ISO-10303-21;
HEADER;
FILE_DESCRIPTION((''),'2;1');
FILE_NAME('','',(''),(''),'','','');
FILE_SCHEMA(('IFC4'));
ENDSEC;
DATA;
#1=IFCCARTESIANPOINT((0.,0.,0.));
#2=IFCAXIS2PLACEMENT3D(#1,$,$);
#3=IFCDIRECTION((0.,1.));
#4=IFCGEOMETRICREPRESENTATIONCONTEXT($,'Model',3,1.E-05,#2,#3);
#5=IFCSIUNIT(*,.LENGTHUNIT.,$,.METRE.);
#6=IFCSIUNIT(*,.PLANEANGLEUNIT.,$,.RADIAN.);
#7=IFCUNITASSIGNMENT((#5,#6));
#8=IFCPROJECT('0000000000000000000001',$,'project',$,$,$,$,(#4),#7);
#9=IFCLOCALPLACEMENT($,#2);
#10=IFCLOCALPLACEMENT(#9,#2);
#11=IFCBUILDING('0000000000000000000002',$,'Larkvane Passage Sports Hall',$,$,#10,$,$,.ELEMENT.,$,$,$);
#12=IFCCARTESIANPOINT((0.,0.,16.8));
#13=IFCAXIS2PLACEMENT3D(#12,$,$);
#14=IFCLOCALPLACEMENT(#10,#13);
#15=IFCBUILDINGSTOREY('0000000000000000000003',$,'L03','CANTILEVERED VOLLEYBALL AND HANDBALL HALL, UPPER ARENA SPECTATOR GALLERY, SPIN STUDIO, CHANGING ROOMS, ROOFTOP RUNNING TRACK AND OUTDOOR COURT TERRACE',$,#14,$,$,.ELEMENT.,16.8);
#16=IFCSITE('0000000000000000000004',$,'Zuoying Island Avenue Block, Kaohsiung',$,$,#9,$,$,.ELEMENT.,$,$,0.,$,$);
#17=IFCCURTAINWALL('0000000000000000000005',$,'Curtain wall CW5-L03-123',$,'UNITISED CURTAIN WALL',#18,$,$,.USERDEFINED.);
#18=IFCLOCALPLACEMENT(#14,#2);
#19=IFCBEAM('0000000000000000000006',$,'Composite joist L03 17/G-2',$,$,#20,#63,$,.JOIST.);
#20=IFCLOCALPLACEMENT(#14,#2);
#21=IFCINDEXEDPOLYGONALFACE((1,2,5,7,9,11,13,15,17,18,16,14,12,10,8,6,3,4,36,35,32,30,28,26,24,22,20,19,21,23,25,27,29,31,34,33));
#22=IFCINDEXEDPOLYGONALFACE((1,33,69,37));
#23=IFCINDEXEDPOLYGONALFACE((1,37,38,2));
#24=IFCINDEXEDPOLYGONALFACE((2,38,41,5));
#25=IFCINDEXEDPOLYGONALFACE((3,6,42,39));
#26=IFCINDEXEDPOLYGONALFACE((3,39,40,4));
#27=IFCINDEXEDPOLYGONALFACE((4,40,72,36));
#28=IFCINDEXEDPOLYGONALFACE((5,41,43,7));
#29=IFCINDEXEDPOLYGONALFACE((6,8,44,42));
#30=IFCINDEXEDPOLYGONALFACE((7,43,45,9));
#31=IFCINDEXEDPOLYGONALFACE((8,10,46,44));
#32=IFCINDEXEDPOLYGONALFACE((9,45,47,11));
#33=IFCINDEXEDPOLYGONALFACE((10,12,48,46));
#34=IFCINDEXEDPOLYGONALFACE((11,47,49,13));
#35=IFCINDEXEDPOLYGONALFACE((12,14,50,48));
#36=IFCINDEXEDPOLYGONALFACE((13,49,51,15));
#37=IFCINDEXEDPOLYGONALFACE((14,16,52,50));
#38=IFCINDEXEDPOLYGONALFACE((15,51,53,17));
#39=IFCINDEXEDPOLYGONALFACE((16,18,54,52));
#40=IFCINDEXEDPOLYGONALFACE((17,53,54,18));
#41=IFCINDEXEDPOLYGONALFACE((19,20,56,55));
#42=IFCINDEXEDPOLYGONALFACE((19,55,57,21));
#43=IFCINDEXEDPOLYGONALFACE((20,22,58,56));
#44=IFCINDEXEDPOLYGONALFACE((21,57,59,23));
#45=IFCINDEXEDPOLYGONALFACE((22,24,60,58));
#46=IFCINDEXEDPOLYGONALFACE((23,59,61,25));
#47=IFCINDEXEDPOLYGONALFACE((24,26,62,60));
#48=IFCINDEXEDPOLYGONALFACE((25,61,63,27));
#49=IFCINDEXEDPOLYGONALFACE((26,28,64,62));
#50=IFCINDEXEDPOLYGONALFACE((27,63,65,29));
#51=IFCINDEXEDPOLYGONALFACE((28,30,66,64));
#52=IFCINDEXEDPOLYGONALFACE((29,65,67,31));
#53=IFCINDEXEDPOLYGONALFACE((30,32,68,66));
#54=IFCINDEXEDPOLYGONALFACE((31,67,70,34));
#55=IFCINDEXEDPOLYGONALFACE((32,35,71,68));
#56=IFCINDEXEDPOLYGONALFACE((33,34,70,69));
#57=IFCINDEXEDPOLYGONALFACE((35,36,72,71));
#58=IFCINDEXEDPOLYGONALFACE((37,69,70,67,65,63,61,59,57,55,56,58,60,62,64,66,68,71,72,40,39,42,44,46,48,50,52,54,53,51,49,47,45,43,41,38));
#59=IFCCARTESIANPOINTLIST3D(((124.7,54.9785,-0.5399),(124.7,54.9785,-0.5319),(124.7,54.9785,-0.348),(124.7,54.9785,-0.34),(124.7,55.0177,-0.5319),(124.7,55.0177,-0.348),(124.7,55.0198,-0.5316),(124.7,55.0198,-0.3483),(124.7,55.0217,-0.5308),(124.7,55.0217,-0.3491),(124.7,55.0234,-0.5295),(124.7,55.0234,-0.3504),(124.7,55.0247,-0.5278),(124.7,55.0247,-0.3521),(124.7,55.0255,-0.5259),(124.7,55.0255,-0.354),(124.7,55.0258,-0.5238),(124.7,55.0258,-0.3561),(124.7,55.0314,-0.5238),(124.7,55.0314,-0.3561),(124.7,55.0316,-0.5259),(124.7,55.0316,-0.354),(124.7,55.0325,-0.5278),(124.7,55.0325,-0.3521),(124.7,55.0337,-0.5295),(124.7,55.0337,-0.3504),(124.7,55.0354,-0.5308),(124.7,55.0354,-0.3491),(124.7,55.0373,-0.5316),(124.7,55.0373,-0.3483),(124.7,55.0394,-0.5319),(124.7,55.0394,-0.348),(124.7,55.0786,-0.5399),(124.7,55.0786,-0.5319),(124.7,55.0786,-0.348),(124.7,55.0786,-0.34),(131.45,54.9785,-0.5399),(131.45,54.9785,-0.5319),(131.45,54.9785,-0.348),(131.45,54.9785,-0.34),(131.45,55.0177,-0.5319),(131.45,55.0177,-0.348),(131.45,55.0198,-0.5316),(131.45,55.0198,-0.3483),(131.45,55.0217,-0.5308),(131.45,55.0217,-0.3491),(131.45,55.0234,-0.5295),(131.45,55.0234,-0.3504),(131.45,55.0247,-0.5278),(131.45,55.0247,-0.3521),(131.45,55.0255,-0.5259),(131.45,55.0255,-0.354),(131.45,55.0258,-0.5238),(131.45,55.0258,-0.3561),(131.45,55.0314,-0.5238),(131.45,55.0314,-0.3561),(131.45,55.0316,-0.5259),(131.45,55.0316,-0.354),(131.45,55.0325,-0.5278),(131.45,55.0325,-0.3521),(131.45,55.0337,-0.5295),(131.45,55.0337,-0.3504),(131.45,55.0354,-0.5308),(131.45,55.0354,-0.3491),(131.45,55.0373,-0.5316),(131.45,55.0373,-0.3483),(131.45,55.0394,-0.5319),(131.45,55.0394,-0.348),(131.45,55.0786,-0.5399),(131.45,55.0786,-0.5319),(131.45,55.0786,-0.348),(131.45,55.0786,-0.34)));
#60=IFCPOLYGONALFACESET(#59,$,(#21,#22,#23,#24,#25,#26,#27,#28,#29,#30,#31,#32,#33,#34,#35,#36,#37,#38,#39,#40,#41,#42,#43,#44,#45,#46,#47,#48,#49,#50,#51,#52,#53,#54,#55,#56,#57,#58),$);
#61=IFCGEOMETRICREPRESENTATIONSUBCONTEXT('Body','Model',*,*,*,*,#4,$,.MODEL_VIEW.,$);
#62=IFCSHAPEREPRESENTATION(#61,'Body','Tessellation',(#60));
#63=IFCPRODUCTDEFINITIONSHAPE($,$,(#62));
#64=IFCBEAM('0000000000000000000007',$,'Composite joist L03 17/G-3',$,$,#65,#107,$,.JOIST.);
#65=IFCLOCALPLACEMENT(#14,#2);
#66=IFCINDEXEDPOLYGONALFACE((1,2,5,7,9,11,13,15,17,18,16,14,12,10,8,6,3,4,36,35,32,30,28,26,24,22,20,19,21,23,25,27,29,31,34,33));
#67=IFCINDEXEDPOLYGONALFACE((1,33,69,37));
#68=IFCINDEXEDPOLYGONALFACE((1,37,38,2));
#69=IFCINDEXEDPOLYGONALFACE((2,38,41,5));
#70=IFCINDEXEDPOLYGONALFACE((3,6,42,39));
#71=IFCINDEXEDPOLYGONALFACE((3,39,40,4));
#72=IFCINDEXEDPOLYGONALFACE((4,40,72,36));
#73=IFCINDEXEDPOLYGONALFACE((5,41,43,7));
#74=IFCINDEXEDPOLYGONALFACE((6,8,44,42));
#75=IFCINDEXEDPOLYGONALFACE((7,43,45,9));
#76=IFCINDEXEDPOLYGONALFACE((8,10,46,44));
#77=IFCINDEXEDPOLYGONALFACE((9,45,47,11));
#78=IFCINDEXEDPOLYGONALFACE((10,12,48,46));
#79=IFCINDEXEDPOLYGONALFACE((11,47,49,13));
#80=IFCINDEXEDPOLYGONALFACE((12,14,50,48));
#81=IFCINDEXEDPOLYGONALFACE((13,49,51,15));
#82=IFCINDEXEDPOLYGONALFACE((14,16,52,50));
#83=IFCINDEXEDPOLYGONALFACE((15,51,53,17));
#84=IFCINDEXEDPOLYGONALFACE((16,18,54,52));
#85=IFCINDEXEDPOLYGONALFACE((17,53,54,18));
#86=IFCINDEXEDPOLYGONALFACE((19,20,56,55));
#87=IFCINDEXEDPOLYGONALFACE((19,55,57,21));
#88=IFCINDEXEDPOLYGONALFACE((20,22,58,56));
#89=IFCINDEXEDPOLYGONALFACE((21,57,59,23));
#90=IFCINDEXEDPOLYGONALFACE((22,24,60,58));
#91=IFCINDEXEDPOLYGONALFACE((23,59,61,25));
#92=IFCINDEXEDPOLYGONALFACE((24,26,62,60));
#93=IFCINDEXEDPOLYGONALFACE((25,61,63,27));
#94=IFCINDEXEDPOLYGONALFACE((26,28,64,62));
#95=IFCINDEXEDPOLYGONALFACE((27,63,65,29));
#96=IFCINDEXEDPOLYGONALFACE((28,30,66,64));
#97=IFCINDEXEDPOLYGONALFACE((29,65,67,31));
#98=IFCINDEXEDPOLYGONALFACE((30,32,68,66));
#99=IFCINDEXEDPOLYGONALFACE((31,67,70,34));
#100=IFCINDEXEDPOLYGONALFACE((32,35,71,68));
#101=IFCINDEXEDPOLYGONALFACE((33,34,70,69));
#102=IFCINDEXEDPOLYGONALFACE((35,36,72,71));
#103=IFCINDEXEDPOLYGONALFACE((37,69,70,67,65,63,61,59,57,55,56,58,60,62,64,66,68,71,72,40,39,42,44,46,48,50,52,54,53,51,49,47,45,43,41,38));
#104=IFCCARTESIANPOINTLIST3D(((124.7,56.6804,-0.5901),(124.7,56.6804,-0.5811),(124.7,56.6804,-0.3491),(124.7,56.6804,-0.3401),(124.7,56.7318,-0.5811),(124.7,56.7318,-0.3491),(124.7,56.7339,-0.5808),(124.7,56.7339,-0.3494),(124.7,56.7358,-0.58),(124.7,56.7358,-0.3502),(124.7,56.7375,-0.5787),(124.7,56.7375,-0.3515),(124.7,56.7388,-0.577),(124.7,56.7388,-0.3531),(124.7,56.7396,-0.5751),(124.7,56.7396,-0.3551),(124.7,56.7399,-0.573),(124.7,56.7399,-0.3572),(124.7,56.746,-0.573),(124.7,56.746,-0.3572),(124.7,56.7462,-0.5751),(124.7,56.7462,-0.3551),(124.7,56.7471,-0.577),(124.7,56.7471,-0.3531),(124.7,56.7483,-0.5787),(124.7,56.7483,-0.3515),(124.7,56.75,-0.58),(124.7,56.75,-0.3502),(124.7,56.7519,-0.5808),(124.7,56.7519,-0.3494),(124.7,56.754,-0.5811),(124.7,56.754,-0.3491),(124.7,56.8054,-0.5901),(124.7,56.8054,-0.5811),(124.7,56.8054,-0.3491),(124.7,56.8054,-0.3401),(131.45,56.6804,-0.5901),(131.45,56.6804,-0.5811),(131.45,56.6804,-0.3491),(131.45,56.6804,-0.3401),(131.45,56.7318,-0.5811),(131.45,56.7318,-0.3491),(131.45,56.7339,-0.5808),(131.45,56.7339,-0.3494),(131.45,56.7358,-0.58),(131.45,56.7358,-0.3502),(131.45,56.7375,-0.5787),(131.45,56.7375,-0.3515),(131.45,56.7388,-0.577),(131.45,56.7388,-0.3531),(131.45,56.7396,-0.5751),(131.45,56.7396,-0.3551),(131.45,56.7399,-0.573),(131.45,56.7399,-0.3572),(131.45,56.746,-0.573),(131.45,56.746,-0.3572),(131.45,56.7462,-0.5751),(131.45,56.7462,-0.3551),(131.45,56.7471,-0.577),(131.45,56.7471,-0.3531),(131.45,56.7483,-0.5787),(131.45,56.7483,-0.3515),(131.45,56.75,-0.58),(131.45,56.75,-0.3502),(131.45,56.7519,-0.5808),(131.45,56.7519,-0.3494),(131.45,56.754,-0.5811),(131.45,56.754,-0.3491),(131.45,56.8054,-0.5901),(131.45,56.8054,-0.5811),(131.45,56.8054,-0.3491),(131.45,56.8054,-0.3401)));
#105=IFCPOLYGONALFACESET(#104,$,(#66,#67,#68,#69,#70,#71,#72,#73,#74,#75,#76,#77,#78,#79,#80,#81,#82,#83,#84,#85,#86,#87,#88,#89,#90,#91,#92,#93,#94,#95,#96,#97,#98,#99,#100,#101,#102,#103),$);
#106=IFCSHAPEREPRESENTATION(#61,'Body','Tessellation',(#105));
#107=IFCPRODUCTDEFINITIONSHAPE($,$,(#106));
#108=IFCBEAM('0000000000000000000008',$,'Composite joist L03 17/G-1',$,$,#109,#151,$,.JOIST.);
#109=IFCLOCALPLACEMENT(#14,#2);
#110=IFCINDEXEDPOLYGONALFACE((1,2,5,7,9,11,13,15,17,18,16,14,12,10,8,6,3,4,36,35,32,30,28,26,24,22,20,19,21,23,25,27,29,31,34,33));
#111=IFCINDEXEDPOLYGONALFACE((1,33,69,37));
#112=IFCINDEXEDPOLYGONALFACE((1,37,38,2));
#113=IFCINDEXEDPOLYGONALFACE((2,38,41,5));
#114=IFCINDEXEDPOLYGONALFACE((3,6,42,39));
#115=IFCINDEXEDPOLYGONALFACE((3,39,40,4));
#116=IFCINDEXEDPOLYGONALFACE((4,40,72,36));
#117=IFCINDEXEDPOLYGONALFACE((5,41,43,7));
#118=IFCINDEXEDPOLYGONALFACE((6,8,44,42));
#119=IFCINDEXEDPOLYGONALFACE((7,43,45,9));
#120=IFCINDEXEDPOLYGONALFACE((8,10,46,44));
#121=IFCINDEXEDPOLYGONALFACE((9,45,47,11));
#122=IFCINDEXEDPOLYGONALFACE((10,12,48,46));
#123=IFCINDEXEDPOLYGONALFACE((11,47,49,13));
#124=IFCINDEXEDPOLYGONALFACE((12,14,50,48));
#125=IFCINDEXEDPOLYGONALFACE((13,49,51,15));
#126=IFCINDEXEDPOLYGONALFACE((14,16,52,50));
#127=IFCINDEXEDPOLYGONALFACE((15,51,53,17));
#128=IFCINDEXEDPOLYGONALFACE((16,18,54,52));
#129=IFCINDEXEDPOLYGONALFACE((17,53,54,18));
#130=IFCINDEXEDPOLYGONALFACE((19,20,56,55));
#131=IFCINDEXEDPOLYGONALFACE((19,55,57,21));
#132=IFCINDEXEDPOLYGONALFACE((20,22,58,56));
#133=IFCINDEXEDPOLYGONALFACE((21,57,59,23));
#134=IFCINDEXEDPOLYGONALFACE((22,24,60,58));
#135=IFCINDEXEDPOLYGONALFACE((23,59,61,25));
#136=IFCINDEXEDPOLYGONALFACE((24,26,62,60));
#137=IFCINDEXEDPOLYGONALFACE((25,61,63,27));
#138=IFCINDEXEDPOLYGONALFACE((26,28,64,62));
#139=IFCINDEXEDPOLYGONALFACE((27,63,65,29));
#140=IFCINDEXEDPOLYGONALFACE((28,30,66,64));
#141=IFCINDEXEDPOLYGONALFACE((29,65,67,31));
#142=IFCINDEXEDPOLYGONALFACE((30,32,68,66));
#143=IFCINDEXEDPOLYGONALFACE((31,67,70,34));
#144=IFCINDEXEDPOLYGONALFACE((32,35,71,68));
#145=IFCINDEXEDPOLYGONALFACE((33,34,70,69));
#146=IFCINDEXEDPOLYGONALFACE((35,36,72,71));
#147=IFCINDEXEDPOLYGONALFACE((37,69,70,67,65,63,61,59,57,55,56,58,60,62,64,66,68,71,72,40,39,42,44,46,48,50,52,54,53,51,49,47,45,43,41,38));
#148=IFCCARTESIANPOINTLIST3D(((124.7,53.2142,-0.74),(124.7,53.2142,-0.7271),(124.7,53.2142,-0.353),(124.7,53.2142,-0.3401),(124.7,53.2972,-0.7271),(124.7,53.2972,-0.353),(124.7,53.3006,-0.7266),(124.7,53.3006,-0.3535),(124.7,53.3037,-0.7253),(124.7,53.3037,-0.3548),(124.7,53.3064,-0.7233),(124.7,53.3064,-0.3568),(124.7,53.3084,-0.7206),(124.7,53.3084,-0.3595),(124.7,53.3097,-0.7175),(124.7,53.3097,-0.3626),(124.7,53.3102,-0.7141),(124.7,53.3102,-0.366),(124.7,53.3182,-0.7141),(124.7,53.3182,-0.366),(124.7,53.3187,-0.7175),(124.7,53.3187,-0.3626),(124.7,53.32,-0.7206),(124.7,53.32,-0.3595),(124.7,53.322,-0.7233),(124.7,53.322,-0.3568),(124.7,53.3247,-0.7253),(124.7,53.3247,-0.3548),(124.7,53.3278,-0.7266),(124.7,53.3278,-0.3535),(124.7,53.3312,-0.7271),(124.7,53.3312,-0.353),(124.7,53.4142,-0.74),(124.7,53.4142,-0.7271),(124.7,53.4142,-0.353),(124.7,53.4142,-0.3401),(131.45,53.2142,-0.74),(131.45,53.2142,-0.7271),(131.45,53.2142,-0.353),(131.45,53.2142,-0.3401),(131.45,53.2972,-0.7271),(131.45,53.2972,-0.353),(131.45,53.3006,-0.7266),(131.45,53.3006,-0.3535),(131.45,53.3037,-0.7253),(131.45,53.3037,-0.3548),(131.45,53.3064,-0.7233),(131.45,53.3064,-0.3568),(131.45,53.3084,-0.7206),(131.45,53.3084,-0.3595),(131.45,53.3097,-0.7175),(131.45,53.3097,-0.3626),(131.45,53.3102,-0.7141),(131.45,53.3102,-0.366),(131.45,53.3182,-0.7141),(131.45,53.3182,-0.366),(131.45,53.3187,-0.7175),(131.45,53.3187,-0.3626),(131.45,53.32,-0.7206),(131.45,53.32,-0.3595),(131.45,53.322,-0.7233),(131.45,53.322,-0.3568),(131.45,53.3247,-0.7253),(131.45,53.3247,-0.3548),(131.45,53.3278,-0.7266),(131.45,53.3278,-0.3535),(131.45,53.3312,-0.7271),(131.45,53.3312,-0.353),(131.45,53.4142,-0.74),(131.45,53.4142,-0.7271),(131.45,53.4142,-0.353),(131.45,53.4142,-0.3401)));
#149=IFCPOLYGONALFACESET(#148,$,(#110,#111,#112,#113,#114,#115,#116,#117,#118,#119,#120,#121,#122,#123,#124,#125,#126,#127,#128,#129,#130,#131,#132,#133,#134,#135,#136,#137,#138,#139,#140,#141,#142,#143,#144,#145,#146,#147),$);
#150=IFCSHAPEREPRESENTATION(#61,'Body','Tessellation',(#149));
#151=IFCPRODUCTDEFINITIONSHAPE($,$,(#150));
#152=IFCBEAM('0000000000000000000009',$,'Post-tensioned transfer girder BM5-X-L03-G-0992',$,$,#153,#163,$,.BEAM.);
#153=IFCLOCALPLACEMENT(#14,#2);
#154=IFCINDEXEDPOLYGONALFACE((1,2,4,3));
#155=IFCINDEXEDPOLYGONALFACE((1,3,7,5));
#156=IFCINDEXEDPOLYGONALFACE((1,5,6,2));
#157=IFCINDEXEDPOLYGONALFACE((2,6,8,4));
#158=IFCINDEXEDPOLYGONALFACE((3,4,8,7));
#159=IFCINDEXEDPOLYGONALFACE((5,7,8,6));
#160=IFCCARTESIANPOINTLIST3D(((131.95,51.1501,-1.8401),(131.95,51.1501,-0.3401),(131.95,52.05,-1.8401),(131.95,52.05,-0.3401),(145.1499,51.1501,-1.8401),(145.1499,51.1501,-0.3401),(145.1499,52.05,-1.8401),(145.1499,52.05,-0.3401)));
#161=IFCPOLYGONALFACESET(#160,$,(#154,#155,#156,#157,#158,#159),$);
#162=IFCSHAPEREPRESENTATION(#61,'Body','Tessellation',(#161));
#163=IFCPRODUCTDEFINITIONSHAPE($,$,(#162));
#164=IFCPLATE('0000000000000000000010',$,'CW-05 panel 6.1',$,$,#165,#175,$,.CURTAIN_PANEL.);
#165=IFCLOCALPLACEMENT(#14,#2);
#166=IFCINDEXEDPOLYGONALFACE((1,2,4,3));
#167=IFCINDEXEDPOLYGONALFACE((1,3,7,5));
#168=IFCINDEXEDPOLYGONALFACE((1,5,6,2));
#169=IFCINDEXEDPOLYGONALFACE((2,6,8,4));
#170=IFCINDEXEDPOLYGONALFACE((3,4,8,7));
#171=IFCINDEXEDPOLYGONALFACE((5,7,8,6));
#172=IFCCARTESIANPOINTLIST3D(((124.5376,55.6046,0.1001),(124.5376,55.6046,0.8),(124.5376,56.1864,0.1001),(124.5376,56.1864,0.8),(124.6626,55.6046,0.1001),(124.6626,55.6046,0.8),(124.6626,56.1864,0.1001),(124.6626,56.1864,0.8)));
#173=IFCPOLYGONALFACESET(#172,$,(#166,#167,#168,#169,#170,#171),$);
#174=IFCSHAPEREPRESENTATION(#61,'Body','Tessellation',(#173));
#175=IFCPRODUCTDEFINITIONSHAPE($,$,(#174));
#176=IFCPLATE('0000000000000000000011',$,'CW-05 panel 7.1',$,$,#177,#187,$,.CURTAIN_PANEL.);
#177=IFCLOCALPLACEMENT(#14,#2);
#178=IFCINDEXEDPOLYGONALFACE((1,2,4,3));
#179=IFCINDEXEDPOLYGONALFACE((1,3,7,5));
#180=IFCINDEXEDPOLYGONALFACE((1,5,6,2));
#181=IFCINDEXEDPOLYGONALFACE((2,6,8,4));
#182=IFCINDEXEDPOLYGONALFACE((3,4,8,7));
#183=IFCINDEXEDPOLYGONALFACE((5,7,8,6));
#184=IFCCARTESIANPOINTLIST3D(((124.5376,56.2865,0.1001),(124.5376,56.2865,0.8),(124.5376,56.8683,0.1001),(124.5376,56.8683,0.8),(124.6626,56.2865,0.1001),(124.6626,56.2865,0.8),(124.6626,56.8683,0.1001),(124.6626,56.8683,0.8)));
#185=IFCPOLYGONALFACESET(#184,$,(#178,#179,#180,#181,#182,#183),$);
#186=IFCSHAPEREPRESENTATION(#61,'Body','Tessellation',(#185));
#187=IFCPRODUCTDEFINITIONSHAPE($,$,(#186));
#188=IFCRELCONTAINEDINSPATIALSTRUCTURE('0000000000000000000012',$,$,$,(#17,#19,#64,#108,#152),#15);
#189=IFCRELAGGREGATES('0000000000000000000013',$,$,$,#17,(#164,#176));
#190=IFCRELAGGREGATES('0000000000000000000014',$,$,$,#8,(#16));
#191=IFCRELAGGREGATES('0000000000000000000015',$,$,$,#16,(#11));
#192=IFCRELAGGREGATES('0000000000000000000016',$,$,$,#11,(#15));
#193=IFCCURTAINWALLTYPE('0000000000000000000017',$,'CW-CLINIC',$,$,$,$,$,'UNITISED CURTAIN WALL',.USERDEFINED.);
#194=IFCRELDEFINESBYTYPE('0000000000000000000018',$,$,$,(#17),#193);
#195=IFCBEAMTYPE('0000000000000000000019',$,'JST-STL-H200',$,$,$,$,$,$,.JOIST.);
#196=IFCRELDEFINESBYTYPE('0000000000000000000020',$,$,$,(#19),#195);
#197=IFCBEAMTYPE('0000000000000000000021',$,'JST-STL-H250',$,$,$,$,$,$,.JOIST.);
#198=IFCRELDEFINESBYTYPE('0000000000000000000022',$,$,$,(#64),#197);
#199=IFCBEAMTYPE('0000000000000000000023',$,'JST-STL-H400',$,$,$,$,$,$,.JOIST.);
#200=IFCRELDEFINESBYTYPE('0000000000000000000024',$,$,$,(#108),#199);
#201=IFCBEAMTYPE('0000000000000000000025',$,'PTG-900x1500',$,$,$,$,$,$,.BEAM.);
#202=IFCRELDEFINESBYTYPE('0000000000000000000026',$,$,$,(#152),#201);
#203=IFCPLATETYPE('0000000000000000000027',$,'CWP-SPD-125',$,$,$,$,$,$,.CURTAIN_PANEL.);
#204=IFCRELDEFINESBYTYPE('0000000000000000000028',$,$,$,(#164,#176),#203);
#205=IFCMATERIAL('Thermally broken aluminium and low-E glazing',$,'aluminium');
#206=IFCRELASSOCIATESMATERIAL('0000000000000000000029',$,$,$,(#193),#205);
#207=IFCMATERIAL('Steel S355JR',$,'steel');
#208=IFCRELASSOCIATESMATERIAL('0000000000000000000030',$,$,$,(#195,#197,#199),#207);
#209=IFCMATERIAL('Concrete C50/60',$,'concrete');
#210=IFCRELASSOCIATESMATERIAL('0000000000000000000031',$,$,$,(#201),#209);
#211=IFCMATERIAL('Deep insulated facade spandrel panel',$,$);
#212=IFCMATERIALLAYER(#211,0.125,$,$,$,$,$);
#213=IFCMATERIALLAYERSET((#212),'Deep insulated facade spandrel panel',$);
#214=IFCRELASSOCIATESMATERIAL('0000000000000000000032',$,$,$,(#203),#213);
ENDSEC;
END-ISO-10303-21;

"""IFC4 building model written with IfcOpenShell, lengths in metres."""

from ifc_helpers import new_model, si_unit, direction, frame, origin, origin_2d, place, context, subcontext, project, spatial, rectangle, i_section, extrude, material, layer, layer_set, material_profile, profile_set, type_object, element, aggregate, save


model = new_model("IFC4")

# Units and contexts
model_context = context("Model", 3, precision=1e-05, world=origin(), true_north=direction((0.0, 1.0)))
body_context = subcontext(model_context, "Body", "Model", "MODEL_VIEW")
ifc_project = project(units=[si_unit("LENGTHUNIT", "METRE"), si_unit("PLANEANGLEUNIT", "RADIAN")], contexts=[model_context])

# Site, building, storey
site_placement = place(None, origin())
site = spatial("IfcSite", under=ifc_project, at=site_placement, Name="Zuoying Island Avenue Block, Kaohsiung", CompositionType="ELEMENT", RefElevation=0.0)
building_placement = place(site_placement, origin())
building = spatial("IfcBuilding", under=site, at=building_placement, Name="Larkvane Passage Sports Hall", CompositionType="ELEMENT")
storey_placement = place(building_placement, frame((0.0, 0.0, 16.8)))
storey = spatial("IfcBuildingStorey", under=building, at=storey_placement, Name="L03", Description="CANTILEVERED VOLLEYBALL AND HANDBALL HALL, UPPER ARENA SPECTATOR GALLERY, SPIN STUDIO, CHANGING ROOMS, ROOFTOP RUNNING TRACK AND OUTDOOR COURT TERRACE", CompositionType="ELEMENT", Elevation=16.8)

# Shared definitions
ifc_material_1 = material(Name="Steel S355JR", Category="steel")

# Curtain wall
ifc_material_2 = material(Name="Thermally broken aluminium and low-E glazing", Category="aluminium")
curtain_wall_type = type_object("IfcCurtainWallType", Name="CW-CLINIC", ElementType="UNITISED CURTAIN WALL", PredefinedType="USERDEFINED", material=ifc_material_2)
curtain_wall_placement = place(storey_placement, origin())
curtain_wall = element("IfcCurtainWall", 1, at=curtain_wall_placement, inside=storey, type_object=curtain_wall_type, Name="Curtain wall CW5-L03-123", ObjectType="UNITISED CURTAIN WALL", PredefinedType="USERDEFINED")

# Beams
ifc_material_profile_1 = material_profile(ifc_material_1, i_section(OverallWidth=0.1001, OverallDepth=0.2, WebThickness=0.0056, FlangeThickness=0.0081, FilletRadius=0.0081, at=origin_2d()), Name="H-200x100x5.5x8")
ifc_profile_set_1 = profile_set([ifc_material_profile_1], Name="Steel S355JR")
beam_type_1 = type_object("IfcBeamType", Name="JST-STL-H200", PredefinedType="JOIST", material=ifc_profile_set_1)
beam_1_placement = place(storey_placement, frame((124.7, 55.0286, -0.4399), z_axis=(1.0, 0.0, 0.0), x_axis=(0.0, 1.0, 0.0)))
element("IfcBeam", 2, at=beam_1_placement, inside=storey, type_object=beam_type_1, Name="Composite joist L03 17/G-2", PredefinedType="JOIST", context=body_context, shape_type="SweptSolid", body=[
    extrude(i_section(OverallWidth=0.1001, OverallDepth=0.2, WebThickness=0.0056, FlangeThickness=0.0081, FilletRadius=0.0081, at=origin_2d()), origin(), (0.0, 0.0, 1.0), 6.75),
])
ifc_material_profile_2 = material_profile(ifc_material_1, i_section(OverallWidth=0.125, OverallDepth=0.25, WebThickness=0.0061, FlangeThickness=0.009, FilletRadius=0.0081, at=origin_2d()), Name="H-250x125x6x9")
ifc_profile_set_2 = profile_set([ifc_material_profile_2], Name="Steel S355JR")
beam_type_2 = type_object("IfcBeamType", Name="JST-STL-H250", PredefinedType="JOIST", material=ifc_profile_set_2)
beam_2_placement = place(storey_placement, frame((124.7, 56.7429, -0.4651), z_axis=(1.0, 0.0, 0.0), x_axis=(0.0, 1.0, 0.0)))
element("IfcBeam", 3, at=beam_2_placement, inside=storey, type_object=beam_type_2, Name="Composite joist L03 17/G-3", PredefinedType="JOIST", context=body_context, shape_type="SweptSolid", body=[
    extrude(i_section(OverallWidth=0.125, OverallDepth=0.25, WebThickness=0.0061, FlangeThickness=0.009, FilletRadius=0.0081, at=origin_2d()), origin(), (0.0, 0.0, 1.0), 6.75),
])
ifc_material_profile_3 = material_profile(ifc_material_1, i_section(OverallWidth=0.2, OverallDepth=0.3999, WebThickness=0.0081, FlangeThickness=0.0129, FilletRadius=0.0129, at=origin_2d()), Name="H-400x200x8x13")
ifc_profile_set_3 = profile_set([ifc_material_profile_3], Name="Steel S355JR")
beam_type_3 = type_object("IfcBeamType", Name="JST-STL-H400", PredefinedType="JOIST", material=ifc_profile_set_3)
beam_3_placement = place(storey_placement, frame((124.7, 53.3142, -0.54), z_axis=(1.0, 0.0, 0.0), x_axis=(0.0, 1.0, 0.0)))
element("IfcBeam", 4, at=beam_3_placement, inside=storey, type_object=beam_type_3, Name="Composite joist L03 17/G-1", PredefinedType="JOIST", context=body_context, shape_type="SweptSolid", body=[
    extrude(i_section(OverallWidth=0.2, OverallDepth=0.3999, WebThickness=0.0081, FlangeThickness=0.0129, FilletRadius=0.0129, at=origin_2d()), origin(), (0.0, 0.0, 1.0), 6.75),
])
ifc_material_3 = material(Name="Concrete C50/60", Category="concrete")
ifc_material_profile_4 = material_profile(ifc_material_3, rectangle(XDim=0.8999, YDim=1.5, at=origin_2d()), Name="PT-GIR-900x1500")
ifc_profile_set_4 = profile_set([ifc_material_profile_4], Name="Concrete C50/60")
beam_type_4 = type_object("IfcBeamType", Name="PTG-900x1500", PredefinedType="BEAM", material=ifc_profile_set_4)
beam_4_placement = place(storey_placement, frame((131.95, 51.6001, -1.0901), z_axis=(1.0, 0.0, 0.0), x_axis=(0.0, 1.0, 0.0)))
element("IfcBeam", 5, at=beam_4_placement, inside=storey, type_object=beam_type_4, Name="Post-tensioned transfer girder BM5-X-L03-G-0992", PredefinedType="BEAM", context=body_context, shape_type="SweptSolid", body=[
    extrude(rectangle(XDim=0.8999, YDim=1.5, at=origin_2d()), origin(), (0.0, 0.0, 1.0), 13.2),
])

# Plates
ifc_material_4 = material(Name="Deep insulated facade spandrel panel")
ifc_layer_1 = layer(ifc_material_4, 0.125)
ifc_layer_set_1 = layer_set([ifc_layer_1], Name="Deep insulated facade spandrel panel")
plate_type_1 = type_object("IfcPlateType", Name="CWP-SPD-125", PredefinedType="CURTAIN_PANEL", material=ifc_layer_set_1)
plate_1_placement = place(storey_placement, frame((124.6001, 55.8955, 0.1001), z_axis=(0.0, 0.0, 1.0), x_axis=(0.0, 1.0, 0.0)))
plate_1 = element("IfcPlate", 6, at=plate_1_placement, type_object=plate_type_1, Name="CW-05 panel 6.1", PredefinedType="CURTAIN_PANEL", context=body_context, shape_type="SweptSolid", body=[
    extrude(rectangle(XDim=0.5818, YDim=0.125, at=origin_2d()), origin(), (0.0, 0.0, 1.0), 0.7),
])
plate_2_placement = place(storey_placement, frame((124.6001, 56.5774, 0.1001), z_axis=(0.0, 0.0, 1.0), x_axis=(0.0, 1.0, 0.0)))
plate_2 = element("IfcPlate", 7, at=plate_2_placement, type_object=plate_type_1, Name="CW-05 panel 7.1", PredefinedType="CURTAIN_PANEL", context=body_context, shape_type="SweptSolid", body=[
    extrude(rectangle(XDim=0.5818, YDim=0.125, at=origin_2d()), origin(), (0.0, 0.0, 1.0), 0.7),
])
aggregate(curtain_wall, [plate_1, plate_2])

save(model, "model.ifc")
